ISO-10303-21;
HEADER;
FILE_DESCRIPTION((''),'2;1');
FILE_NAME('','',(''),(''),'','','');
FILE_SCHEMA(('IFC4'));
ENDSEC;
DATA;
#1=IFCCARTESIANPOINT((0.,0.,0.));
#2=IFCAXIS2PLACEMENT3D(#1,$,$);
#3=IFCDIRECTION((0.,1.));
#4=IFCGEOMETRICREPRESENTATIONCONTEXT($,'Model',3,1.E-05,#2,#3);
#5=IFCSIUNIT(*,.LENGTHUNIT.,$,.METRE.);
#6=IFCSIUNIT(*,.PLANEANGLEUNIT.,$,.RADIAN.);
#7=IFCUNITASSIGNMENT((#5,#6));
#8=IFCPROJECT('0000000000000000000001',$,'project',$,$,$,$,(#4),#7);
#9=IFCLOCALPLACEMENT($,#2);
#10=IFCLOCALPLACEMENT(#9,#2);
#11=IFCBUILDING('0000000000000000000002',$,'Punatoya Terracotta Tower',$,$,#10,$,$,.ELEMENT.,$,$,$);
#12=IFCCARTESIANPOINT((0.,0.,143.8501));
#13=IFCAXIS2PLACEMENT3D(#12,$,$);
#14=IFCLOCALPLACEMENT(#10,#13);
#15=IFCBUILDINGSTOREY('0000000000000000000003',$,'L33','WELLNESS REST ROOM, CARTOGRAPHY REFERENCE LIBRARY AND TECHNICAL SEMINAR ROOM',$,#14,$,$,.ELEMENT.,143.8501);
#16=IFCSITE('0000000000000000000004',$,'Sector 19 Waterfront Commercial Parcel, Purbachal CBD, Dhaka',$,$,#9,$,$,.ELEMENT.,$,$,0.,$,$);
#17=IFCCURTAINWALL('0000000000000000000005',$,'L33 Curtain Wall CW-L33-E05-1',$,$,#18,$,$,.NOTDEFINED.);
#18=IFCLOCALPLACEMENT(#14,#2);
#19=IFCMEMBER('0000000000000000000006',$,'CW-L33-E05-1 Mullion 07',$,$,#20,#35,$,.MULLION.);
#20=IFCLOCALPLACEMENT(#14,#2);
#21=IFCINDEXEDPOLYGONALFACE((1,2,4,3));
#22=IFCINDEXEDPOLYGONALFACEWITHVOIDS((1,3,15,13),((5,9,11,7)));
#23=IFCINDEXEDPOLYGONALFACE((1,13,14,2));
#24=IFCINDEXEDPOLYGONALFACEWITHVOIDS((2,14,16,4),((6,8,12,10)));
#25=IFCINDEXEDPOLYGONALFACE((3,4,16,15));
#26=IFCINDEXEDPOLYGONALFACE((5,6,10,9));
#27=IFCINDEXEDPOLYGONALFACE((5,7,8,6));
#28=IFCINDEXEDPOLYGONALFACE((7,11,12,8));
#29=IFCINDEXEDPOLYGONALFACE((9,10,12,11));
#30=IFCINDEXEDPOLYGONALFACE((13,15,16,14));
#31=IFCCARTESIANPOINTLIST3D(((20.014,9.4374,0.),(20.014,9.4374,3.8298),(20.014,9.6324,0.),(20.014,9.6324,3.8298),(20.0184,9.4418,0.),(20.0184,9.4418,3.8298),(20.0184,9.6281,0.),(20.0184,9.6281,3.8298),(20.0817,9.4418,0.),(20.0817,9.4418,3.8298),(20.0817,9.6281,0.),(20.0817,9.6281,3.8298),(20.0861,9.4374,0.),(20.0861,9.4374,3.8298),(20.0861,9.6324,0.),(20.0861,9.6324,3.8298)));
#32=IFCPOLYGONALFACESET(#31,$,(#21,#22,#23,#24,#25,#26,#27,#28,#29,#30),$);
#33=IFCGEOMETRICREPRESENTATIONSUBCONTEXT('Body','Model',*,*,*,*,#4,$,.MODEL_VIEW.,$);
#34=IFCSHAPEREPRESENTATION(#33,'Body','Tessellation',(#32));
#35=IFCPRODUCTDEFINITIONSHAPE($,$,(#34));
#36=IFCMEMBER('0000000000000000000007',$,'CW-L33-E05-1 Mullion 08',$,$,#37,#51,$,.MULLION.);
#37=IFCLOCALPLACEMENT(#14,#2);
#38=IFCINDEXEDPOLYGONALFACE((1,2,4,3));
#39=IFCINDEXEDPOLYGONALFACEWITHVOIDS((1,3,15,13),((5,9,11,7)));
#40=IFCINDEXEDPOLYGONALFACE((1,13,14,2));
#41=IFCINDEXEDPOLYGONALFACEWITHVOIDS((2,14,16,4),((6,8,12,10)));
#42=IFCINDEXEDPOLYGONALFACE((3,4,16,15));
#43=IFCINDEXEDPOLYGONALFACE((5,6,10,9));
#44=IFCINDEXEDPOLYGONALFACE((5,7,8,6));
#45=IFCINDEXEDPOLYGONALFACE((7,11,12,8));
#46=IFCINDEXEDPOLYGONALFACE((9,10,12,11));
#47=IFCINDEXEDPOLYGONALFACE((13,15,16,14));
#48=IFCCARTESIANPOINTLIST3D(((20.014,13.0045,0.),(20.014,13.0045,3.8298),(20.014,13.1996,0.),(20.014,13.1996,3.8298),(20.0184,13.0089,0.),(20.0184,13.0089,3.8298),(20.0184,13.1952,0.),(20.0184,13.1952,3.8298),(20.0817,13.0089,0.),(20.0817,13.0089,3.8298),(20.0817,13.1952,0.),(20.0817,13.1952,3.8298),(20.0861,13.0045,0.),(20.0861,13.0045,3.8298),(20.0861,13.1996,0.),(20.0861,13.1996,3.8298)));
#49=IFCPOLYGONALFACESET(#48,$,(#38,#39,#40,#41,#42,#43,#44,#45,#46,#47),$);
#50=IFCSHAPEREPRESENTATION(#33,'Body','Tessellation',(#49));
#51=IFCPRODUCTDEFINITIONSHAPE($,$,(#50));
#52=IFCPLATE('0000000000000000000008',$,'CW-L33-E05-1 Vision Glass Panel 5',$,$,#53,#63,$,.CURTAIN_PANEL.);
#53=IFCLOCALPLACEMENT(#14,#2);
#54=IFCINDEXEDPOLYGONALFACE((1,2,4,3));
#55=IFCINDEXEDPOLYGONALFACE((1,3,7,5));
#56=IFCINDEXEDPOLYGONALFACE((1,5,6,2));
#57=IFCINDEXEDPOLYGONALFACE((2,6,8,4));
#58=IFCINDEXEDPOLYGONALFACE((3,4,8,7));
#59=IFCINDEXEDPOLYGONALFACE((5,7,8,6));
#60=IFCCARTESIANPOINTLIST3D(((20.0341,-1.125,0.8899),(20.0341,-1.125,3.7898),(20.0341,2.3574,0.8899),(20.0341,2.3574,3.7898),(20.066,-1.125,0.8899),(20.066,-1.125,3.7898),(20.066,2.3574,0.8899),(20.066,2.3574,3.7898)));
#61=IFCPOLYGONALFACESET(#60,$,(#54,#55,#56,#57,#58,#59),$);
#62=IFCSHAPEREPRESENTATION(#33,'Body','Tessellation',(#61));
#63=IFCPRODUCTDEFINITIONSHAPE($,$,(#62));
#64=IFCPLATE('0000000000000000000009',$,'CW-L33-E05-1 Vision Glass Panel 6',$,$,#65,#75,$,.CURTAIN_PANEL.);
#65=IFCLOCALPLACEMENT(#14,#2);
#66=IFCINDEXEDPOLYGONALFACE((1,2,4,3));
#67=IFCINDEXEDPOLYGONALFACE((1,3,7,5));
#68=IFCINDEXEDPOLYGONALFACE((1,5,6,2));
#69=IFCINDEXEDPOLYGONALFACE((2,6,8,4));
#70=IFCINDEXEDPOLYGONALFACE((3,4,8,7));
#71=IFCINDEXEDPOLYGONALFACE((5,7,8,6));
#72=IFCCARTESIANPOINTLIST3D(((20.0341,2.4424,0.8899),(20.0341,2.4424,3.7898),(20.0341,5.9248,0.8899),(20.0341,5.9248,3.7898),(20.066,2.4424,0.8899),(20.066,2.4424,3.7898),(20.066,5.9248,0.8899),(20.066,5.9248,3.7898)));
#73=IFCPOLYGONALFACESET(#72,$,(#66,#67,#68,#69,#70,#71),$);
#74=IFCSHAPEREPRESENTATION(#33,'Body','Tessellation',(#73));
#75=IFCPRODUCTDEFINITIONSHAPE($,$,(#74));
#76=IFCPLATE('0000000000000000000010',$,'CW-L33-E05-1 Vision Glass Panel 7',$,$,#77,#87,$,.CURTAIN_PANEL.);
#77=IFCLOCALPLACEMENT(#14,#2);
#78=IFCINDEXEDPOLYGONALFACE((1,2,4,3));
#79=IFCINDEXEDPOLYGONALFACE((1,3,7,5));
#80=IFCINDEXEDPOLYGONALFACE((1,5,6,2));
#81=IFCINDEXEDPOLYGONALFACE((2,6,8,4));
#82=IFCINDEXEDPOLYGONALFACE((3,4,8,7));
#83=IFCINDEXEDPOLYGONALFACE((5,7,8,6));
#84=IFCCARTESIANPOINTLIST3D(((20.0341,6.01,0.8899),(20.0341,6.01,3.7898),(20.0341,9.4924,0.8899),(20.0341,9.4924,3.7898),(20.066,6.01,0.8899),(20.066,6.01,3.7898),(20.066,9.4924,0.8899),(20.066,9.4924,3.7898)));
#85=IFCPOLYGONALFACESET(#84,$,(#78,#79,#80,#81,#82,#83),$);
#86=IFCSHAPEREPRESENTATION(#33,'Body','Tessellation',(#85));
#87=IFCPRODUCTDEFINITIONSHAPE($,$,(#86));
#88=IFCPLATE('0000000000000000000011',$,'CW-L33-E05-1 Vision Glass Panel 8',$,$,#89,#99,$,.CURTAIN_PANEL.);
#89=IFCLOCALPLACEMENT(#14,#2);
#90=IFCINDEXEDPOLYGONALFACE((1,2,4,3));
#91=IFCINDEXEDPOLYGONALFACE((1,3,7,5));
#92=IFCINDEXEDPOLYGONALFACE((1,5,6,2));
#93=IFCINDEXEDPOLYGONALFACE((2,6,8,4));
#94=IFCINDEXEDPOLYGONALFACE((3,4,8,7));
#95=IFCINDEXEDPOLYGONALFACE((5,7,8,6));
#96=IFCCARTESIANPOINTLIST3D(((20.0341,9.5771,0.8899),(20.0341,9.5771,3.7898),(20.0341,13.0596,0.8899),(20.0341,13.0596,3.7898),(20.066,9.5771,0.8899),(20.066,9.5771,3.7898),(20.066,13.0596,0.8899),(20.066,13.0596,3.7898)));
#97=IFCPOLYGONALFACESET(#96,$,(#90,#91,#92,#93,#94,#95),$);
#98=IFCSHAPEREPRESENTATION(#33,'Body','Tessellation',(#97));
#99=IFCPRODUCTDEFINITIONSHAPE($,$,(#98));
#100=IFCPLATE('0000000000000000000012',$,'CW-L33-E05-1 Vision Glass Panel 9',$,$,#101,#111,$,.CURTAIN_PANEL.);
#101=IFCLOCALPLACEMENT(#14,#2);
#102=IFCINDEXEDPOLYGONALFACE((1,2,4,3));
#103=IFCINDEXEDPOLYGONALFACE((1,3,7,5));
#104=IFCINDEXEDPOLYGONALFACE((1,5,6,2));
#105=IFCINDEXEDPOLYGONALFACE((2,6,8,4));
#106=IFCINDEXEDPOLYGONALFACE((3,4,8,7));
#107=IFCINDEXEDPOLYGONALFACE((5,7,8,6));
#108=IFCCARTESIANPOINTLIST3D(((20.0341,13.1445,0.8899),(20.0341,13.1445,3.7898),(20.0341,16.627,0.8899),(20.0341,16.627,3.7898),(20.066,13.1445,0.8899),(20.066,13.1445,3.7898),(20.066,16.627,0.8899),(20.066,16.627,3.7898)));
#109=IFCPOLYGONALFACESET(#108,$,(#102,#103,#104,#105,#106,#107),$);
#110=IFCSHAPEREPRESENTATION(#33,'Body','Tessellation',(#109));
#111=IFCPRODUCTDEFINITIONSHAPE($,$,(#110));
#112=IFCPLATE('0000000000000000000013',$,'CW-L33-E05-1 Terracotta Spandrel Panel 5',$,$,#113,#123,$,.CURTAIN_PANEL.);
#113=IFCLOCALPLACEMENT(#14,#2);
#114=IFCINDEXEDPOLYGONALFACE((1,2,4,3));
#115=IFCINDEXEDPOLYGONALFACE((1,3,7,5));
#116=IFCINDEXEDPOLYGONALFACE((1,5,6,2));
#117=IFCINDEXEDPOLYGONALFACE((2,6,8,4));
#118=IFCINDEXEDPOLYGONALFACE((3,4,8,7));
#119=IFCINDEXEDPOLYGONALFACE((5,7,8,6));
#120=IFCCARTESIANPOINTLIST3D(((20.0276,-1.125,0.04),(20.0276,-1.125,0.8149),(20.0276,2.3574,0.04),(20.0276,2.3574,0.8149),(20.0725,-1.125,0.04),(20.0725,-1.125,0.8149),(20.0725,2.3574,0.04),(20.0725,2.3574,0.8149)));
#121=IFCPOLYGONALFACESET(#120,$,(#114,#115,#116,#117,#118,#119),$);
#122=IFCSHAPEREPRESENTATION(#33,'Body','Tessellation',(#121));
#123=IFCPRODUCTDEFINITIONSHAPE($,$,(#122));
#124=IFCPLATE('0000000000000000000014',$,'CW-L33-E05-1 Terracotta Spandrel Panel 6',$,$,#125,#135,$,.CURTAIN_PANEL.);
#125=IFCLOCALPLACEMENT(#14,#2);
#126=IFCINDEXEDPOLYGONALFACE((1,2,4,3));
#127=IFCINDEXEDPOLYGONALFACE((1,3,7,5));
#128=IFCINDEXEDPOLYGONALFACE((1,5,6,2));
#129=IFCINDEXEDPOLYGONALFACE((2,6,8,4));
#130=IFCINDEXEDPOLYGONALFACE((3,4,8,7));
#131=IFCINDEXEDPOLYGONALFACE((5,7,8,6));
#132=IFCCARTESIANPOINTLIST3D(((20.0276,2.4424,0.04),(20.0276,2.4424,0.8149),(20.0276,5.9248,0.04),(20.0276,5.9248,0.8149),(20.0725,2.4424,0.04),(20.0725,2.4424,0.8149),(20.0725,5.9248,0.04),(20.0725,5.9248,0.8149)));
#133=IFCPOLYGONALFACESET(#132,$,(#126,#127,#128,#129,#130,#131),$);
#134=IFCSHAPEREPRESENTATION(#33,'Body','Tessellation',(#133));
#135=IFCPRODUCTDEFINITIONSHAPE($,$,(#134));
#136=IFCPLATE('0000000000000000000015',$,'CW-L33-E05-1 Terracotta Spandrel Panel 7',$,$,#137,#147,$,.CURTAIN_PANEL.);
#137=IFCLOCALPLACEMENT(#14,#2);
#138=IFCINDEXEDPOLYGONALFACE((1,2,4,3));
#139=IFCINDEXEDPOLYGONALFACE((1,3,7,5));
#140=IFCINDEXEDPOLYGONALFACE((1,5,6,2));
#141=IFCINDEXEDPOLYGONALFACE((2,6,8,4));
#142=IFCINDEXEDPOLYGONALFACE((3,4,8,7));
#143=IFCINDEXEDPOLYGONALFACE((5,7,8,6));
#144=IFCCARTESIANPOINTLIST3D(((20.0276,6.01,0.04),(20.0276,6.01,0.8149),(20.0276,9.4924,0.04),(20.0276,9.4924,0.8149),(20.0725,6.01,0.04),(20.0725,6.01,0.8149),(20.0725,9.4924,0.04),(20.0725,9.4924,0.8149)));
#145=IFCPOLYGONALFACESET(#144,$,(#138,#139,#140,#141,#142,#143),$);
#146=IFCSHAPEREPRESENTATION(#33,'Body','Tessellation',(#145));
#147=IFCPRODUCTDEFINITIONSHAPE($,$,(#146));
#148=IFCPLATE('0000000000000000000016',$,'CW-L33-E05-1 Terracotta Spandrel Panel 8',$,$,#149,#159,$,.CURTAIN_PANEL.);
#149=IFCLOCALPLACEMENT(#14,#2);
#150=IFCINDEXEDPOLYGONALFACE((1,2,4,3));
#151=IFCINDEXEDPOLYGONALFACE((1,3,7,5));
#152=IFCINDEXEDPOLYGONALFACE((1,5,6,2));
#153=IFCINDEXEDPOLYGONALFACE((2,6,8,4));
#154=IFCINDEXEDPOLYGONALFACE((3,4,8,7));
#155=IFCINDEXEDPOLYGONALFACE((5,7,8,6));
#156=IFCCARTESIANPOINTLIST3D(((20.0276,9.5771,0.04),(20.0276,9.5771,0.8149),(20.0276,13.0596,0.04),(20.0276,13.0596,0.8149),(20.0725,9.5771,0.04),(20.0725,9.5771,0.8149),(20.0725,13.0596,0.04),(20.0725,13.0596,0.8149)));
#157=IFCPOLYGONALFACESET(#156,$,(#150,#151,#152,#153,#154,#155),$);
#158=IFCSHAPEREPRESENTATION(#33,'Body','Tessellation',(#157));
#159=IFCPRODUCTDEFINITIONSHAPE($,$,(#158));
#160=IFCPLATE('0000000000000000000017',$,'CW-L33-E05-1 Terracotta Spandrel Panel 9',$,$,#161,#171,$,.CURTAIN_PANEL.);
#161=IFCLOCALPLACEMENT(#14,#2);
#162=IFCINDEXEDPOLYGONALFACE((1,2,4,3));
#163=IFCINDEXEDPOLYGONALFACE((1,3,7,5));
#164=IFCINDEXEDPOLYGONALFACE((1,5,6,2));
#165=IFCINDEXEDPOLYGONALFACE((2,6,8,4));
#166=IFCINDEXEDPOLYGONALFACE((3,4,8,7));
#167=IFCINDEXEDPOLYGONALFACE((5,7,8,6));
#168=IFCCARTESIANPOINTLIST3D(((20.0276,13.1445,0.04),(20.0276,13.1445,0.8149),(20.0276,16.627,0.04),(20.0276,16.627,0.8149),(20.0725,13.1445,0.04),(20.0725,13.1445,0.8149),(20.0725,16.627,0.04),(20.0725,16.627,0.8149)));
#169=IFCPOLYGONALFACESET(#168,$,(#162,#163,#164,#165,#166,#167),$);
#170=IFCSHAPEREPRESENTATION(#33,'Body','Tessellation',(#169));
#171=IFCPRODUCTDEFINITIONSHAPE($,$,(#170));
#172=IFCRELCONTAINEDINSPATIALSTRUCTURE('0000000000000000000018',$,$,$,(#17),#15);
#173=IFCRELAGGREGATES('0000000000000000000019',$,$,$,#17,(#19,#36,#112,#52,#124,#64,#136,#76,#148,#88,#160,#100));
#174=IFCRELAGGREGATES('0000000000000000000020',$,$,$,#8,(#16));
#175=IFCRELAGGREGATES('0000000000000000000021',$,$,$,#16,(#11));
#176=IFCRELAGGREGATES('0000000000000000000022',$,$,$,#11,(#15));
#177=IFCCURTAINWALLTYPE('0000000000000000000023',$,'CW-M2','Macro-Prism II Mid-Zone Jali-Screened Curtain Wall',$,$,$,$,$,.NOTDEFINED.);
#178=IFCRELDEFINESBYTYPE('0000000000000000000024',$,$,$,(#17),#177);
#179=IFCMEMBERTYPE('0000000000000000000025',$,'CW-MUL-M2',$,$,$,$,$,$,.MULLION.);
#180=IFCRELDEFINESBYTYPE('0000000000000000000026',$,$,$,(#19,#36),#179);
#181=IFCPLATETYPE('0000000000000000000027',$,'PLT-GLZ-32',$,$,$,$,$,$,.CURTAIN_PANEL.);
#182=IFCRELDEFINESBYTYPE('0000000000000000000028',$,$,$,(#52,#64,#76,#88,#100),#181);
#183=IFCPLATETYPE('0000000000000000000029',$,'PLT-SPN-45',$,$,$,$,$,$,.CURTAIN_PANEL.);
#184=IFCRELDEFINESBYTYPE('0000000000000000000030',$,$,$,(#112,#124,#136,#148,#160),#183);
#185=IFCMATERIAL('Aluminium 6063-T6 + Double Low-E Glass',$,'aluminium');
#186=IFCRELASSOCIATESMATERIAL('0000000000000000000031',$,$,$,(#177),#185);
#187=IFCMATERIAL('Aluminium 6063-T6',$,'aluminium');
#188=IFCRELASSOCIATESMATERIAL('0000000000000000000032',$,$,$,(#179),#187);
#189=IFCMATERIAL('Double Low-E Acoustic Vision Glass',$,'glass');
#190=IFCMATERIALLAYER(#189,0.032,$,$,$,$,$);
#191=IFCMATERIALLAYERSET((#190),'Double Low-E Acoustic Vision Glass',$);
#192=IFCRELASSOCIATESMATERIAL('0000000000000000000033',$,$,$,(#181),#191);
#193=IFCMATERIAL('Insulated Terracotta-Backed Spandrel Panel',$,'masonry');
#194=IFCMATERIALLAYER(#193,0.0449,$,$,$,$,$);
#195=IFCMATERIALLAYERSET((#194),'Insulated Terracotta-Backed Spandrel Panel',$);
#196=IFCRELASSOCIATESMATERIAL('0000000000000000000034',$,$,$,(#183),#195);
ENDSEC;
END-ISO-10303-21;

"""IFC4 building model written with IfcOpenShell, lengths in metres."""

from ifc_helpers import new_model, si_unit, direction, frame, origin, origin_2d, place, context, subcontext, project, spatial, rectangle, hollow_rectangle, extrude, material, layer, layer_set, material_profile, profile_set, type_object, element, aggregate, save


model = new_model("IFC4")

# Units and contexts
model_context = context("Model", 3, precision=1e-05, world=origin(), true_north=direction((0.0, 1.0)))
body_context = subcontext(model_context, "Body", "Model", "MODEL_VIEW")
ifc_project = project(units=[si_unit("LENGTHUNIT", "METRE"), si_unit("PLANEANGLEUNIT", "RADIAN")], contexts=[model_context])

# Site, building, storey
site_placement = place(None, origin())
site = spatial("IfcSite", under=ifc_project, at=site_placement, Name="Sector 19 Waterfront Commercial Parcel, Purbachal CBD, Dhaka", CompositionType="ELEMENT", RefElevation=0.0)
building_placement = place(site_placement, origin())
building = spatial("IfcBuilding", under=site, at=building_placement, Name="Punatoya Terracotta Tower", CompositionType="ELEMENT")
storey_placement = place(building_placement, frame((0.0, 0.0, 143.8501)))
storey = spatial("IfcBuildingStorey", under=building, at=storey_placement, Name="L33", Description="WELLNESS REST ROOM, CARTOGRAPHY REFERENCE LIBRARY AND TECHNICAL SEMINAR ROOM", CompositionType="ELEMENT", Elevation=143.8501)

# Curtain wall, members, plates
ifc_material_1 = material(Name="Aluminium 6063-T6 + Double Low-E Glass", Category="aluminium")
curtain_wall_type = type_object("IfcCurtainWallType", Name="CW-M2", Description="Macro-Prism II Mid-Zone Jali-Screened Curtain Wall", PredefinedType="NOTDEFINED", material=ifc_material_1)
curtain_wall_placement = place(storey_placement, origin())
curtain_wall = element("IfcCurtainWall", 1, at=curtain_wall_placement, inside=storey, type_object=curtain_wall_type, Name="L33 Curtain Wall CW-L33-E05-1", PredefinedType="NOTDEFINED")
ifc_material_2 = material(Name="Aluminium 6063-T6", Category="aluminium")
ifc_material_profile_1 = material_profile(ifc_material_2, hollow_rectangle(XDim=0.072, YDim=0.1951, WallThickness=0.0044, at=origin_2d()))
ifc_profile_set_1 = profile_set([ifc_material_profile_1], Name="Aluminium 6063-T6")
member_type = type_object("IfcMemberType", Name="CW-MUL-M2", PredefinedType="MULLION", material=ifc_profile_set_1)
member_1_placement = place(storey_placement, frame((20.05, 9.5349, 0.0), z_axis=(0.0, 0.0, 1.0), x_axis=(1.0, 0.0, 0.0)))
member_1 = element("IfcMember", 2, at=member_1_placement, type_object=member_type, Name="CW-L33-E05-1 Mullion 07", PredefinedType="MULLION", context=body_context, shape_type="SweptSolid", body=[
    extrude(hollow_rectangle(XDim=0.072, YDim=0.1951, WallThickness=0.0044, at=origin_2d()), origin(), (0.0, 0.0, 1.0), 3.8298),
])
member_2_placement = place(storey_placement, frame((20.05, 13.1021, 0.0), z_axis=(0.0, 0.0, 1.0), x_axis=(1.0, 0.0, 0.0)))
member_2 = element("IfcMember", 3, at=member_2_placement, type_object=member_type, Name="CW-L33-E05-1 Mullion 08", PredefinedType="MULLION", context=body_context, shape_type="SweptSolid", body=[
    extrude(hollow_rectangle(XDim=0.072, YDim=0.1951, WallThickness=0.0044, at=origin_2d()), origin(), (0.0, 0.0, 1.0), 3.8298),
])
ifc_material_3 = material(Name="Double Low-E Acoustic Vision Glass", Category="glass")
ifc_layer_1 = layer(ifc_material_3, 0.032)
ifc_layer_set_1 = layer_set([ifc_layer_1], Name="Double Low-E Acoustic Vision Glass")
plate_type_1 = type_object("IfcPlateType", Name="PLT-GLZ-32", PredefinedType="CURTAIN_PANEL", material=ifc_layer_set_1)
plate_1_placement = place(storey_placement, frame((20.05, 0.6162, 0.8899), z_axis=(0.0, 0.0, 1.0), x_axis=(0.0, 1.0, 0.0)))
plate_1 = element("IfcPlate", 4, at=plate_1_placement, type_object=plate_type_1, Name="CW-L33-E05-1 Vision Glass Panel 5", PredefinedType="CURTAIN_PANEL", context=body_context, shape_type="SweptSolid", body=[
    extrude(rectangle(XDim=3.4824, YDim=0.032, at=origin_2d()), origin(), (0.0, 0.0, 1.0), 2.8999),
])
plate_2_placement = place(storey_placement, frame((20.05, 4.1836, 0.8899), z_axis=(0.0, 0.0, 1.0), x_axis=(0.0, 1.0, 0.0)))
plate_2 = element("IfcPlate", 5, at=plate_2_placement, type_object=plate_type_1, Name="CW-L33-E05-1 Vision Glass Panel 6", PredefinedType="CURTAIN_PANEL", context=body_context, shape_type="SweptSolid", body=[
    extrude(rectangle(XDim=3.4824, YDim=0.032, at=origin_2d()), origin(), (0.0, 0.0, 1.0), 2.8999),
])
plate_3_placement = place(storey_placement, frame((20.05, 7.7512, 0.8899), z_axis=(0.0, 0.0, 1.0), x_axis=(0.0, 1.0, 0.0)))
plate_3 = element("IfcPlate", 6, at=plate_3_placement, type_object=plate_type_1, Name="CW-L33-E05-1 Vision Glass Panel 7", PredefinedType="CURTAIN_PANEL", context=body_context, shape_type="SweptSolid", body=[
    extrude(rectangle(XDim=3.4824, YDim=0.032, at=origin_2d()), origin(), (0.0, 0.0, 1.0), 2.8999),
])
plate_4_placement = place(storey_placement, frame((20.05, 11.3184, 0.8899), z_axis=(0.0, 0.0, 1.0), x_axis=(0.0, 1.0, 0.0)))
plate_4 = element("IfcPlate", 7, at=plate_4_placement, type_object=plate_type_1, Name="CW-L33-E05-1 Vision Glass Panel 8", PredefinedType="CURTAIN_PANEL", context=body_context, shape_type="SweptSolid", body=[
    extrude(rectangle(XDim=3.4824, YDim=0.032, at=origin_2d()), origin(), (0.0, 0.0, 1.0), 2.8999),
])
plate_5_placement = place(storey_placement, frame((20.05, 14.8857, 0.8899), z_axis=(0.0, 0.0, 1.0), x_axis=(0.0, 1.0, 0.0)))
plate_5 = element("IfcPlate", 8, at=plate_5_placement, type_object=plate_type_1, Name="CW-L33-E05-1 Vision Glass Panel 9", PredefinedType="CURTAIN_PANEL", context=body_context, shape_type="SweptSolid", body=[
    extrude(rectangle(XDim=3.4824, YDim=0.032, at=origin_2d()), origin(), (0.0, 0.0, 1.0), 2.8999),
])
ifc_material_4 = material(Name="Insulated Terracotta-Backed Spandrel Panel", Category="masonry")
ifc_layer_2 = layer(ifc_material_4, 0.0449)
ifc_layer_set_2 = layer_set([ifc_layer_2], Name="Insulated Terracotta-Backed Spandrel Panel")
plate_type_2 = type_object("IfcPlateType", Name="PLT-SPN-45", PredefinedType="CURTAIN_PANEL", material=ifc_layer_set_2)
plate_6_placement = place(storey_placement, frame((20.05, 0.6162, 0.04), z_axis=(0.0, 0.0, 1.0), x_axis=(0.0, 1.0, 0.0)))
plate_6 = element("IfcPlate", 9, at=plate_6_placement, type_object=plate_type_2, Name="CW-L33-E05-1 Terracotta Spandrel Panel 5", PredefinedType="CURTAIN_PANEL", context=body_context, shape_type="SweptSolid", body=[
    extrude(rectangle(XDim=3.4824, YDim=0.0449, at=origin_2d()), origin(), (0.0, 0.0, 1.0), 0.7749),
])
plate_7_placement = place(storey_placement, frame((20.05, 4.1836, 0.04), z_axis=(0.0, 0.0, 1.0), x_axis=(0.0, 1.0, 0.0)))
plate_7 = element("IfcPlate", 10, at=plate_7_placement, type_object=plate_type_2, Name="CW-L33-E05-1 Terracotta Spandrel Panel 6", PredefinedType="CURTAIN_PANEL", context=body_context, shape_type="SweptSolid", body=[
    extrude(rectangle(XDim=3.4824, YDim=0.0449, at=origin_2d()), origin(), (0.0, 0.0, 1.0), 0.7749),
])
plate_8_placement = place(storey_placement, frame((20.05, 7.7512, 0.04), z_axis=(0.0, 0.0, 1.0), x_axis=(0.0, 1.0, 0.0)))
plate_8 = element("IfcPlate", 11, at=plate_8_placement, type_object=plate_type_2, Name="CW-L33-E05-1 Terracotta Spandrel Panel 7", PredefinedType="CURTAIN_PANEL", context=body_context, shape_type="SweptSolid", body=[
    extrude(rectangle(XDim=3.4824, YDim=0.0449, at=origin_2d()), origin(), (0.0, 0.0, 1.0), 0.7749),
])
plate_9_placement = place(storey_placement, frame((20.05, 11.3184, 0.04), z_axis=(0.0, 0.0, 1.0), x_axis=(0.0, 1.0, 0.0)))
plate_9 = element("IfcPlate", 12, at=plate_9_placement, type_object=plate_type_2, Name="CW-L33-E05-1 Terracotta Spandrel Panel 8", PredefinedType="CURTAIN_PANEL", context=body_context, shape_type="SweptSolid", body=[
    extrude(rectangle(XDim=3.4824, YDim=0.0449, at=origin_2d()), origin(), (0.0, 0.0, 1.0), 0.7749),
])
plate_10_placement = place(storey_placement, frame((20.05, 14.8857, 0.04), z_axis=(0.0, 0.0, 1.0), x_axis=(0.0, 1.0, 0.0)))
plate_10 = element("IfcPlate", 13, at=plate_10_placement, type_object=plate_type_2, Name="CW-L33-E05-1 Terracotta Spandrel Panel 9", PredefinedType="CURTAIN_PANEL", context=body_context, shape_type="SweptSolid", body=[
    extrude(rectangle(XDim=3.4824, YDim=0.0449, at=origin_2d()), origin(), (0.0, 0.0, 1.0), 0.7749),
])
aggregate(curtain_wall, [member_1, member_2, plate_6, plate_1, plate_7, plate_2, plate_8, plate_3, plate_9, plate_4, plate_10, plate_5])

save(model, "model.ifc")
